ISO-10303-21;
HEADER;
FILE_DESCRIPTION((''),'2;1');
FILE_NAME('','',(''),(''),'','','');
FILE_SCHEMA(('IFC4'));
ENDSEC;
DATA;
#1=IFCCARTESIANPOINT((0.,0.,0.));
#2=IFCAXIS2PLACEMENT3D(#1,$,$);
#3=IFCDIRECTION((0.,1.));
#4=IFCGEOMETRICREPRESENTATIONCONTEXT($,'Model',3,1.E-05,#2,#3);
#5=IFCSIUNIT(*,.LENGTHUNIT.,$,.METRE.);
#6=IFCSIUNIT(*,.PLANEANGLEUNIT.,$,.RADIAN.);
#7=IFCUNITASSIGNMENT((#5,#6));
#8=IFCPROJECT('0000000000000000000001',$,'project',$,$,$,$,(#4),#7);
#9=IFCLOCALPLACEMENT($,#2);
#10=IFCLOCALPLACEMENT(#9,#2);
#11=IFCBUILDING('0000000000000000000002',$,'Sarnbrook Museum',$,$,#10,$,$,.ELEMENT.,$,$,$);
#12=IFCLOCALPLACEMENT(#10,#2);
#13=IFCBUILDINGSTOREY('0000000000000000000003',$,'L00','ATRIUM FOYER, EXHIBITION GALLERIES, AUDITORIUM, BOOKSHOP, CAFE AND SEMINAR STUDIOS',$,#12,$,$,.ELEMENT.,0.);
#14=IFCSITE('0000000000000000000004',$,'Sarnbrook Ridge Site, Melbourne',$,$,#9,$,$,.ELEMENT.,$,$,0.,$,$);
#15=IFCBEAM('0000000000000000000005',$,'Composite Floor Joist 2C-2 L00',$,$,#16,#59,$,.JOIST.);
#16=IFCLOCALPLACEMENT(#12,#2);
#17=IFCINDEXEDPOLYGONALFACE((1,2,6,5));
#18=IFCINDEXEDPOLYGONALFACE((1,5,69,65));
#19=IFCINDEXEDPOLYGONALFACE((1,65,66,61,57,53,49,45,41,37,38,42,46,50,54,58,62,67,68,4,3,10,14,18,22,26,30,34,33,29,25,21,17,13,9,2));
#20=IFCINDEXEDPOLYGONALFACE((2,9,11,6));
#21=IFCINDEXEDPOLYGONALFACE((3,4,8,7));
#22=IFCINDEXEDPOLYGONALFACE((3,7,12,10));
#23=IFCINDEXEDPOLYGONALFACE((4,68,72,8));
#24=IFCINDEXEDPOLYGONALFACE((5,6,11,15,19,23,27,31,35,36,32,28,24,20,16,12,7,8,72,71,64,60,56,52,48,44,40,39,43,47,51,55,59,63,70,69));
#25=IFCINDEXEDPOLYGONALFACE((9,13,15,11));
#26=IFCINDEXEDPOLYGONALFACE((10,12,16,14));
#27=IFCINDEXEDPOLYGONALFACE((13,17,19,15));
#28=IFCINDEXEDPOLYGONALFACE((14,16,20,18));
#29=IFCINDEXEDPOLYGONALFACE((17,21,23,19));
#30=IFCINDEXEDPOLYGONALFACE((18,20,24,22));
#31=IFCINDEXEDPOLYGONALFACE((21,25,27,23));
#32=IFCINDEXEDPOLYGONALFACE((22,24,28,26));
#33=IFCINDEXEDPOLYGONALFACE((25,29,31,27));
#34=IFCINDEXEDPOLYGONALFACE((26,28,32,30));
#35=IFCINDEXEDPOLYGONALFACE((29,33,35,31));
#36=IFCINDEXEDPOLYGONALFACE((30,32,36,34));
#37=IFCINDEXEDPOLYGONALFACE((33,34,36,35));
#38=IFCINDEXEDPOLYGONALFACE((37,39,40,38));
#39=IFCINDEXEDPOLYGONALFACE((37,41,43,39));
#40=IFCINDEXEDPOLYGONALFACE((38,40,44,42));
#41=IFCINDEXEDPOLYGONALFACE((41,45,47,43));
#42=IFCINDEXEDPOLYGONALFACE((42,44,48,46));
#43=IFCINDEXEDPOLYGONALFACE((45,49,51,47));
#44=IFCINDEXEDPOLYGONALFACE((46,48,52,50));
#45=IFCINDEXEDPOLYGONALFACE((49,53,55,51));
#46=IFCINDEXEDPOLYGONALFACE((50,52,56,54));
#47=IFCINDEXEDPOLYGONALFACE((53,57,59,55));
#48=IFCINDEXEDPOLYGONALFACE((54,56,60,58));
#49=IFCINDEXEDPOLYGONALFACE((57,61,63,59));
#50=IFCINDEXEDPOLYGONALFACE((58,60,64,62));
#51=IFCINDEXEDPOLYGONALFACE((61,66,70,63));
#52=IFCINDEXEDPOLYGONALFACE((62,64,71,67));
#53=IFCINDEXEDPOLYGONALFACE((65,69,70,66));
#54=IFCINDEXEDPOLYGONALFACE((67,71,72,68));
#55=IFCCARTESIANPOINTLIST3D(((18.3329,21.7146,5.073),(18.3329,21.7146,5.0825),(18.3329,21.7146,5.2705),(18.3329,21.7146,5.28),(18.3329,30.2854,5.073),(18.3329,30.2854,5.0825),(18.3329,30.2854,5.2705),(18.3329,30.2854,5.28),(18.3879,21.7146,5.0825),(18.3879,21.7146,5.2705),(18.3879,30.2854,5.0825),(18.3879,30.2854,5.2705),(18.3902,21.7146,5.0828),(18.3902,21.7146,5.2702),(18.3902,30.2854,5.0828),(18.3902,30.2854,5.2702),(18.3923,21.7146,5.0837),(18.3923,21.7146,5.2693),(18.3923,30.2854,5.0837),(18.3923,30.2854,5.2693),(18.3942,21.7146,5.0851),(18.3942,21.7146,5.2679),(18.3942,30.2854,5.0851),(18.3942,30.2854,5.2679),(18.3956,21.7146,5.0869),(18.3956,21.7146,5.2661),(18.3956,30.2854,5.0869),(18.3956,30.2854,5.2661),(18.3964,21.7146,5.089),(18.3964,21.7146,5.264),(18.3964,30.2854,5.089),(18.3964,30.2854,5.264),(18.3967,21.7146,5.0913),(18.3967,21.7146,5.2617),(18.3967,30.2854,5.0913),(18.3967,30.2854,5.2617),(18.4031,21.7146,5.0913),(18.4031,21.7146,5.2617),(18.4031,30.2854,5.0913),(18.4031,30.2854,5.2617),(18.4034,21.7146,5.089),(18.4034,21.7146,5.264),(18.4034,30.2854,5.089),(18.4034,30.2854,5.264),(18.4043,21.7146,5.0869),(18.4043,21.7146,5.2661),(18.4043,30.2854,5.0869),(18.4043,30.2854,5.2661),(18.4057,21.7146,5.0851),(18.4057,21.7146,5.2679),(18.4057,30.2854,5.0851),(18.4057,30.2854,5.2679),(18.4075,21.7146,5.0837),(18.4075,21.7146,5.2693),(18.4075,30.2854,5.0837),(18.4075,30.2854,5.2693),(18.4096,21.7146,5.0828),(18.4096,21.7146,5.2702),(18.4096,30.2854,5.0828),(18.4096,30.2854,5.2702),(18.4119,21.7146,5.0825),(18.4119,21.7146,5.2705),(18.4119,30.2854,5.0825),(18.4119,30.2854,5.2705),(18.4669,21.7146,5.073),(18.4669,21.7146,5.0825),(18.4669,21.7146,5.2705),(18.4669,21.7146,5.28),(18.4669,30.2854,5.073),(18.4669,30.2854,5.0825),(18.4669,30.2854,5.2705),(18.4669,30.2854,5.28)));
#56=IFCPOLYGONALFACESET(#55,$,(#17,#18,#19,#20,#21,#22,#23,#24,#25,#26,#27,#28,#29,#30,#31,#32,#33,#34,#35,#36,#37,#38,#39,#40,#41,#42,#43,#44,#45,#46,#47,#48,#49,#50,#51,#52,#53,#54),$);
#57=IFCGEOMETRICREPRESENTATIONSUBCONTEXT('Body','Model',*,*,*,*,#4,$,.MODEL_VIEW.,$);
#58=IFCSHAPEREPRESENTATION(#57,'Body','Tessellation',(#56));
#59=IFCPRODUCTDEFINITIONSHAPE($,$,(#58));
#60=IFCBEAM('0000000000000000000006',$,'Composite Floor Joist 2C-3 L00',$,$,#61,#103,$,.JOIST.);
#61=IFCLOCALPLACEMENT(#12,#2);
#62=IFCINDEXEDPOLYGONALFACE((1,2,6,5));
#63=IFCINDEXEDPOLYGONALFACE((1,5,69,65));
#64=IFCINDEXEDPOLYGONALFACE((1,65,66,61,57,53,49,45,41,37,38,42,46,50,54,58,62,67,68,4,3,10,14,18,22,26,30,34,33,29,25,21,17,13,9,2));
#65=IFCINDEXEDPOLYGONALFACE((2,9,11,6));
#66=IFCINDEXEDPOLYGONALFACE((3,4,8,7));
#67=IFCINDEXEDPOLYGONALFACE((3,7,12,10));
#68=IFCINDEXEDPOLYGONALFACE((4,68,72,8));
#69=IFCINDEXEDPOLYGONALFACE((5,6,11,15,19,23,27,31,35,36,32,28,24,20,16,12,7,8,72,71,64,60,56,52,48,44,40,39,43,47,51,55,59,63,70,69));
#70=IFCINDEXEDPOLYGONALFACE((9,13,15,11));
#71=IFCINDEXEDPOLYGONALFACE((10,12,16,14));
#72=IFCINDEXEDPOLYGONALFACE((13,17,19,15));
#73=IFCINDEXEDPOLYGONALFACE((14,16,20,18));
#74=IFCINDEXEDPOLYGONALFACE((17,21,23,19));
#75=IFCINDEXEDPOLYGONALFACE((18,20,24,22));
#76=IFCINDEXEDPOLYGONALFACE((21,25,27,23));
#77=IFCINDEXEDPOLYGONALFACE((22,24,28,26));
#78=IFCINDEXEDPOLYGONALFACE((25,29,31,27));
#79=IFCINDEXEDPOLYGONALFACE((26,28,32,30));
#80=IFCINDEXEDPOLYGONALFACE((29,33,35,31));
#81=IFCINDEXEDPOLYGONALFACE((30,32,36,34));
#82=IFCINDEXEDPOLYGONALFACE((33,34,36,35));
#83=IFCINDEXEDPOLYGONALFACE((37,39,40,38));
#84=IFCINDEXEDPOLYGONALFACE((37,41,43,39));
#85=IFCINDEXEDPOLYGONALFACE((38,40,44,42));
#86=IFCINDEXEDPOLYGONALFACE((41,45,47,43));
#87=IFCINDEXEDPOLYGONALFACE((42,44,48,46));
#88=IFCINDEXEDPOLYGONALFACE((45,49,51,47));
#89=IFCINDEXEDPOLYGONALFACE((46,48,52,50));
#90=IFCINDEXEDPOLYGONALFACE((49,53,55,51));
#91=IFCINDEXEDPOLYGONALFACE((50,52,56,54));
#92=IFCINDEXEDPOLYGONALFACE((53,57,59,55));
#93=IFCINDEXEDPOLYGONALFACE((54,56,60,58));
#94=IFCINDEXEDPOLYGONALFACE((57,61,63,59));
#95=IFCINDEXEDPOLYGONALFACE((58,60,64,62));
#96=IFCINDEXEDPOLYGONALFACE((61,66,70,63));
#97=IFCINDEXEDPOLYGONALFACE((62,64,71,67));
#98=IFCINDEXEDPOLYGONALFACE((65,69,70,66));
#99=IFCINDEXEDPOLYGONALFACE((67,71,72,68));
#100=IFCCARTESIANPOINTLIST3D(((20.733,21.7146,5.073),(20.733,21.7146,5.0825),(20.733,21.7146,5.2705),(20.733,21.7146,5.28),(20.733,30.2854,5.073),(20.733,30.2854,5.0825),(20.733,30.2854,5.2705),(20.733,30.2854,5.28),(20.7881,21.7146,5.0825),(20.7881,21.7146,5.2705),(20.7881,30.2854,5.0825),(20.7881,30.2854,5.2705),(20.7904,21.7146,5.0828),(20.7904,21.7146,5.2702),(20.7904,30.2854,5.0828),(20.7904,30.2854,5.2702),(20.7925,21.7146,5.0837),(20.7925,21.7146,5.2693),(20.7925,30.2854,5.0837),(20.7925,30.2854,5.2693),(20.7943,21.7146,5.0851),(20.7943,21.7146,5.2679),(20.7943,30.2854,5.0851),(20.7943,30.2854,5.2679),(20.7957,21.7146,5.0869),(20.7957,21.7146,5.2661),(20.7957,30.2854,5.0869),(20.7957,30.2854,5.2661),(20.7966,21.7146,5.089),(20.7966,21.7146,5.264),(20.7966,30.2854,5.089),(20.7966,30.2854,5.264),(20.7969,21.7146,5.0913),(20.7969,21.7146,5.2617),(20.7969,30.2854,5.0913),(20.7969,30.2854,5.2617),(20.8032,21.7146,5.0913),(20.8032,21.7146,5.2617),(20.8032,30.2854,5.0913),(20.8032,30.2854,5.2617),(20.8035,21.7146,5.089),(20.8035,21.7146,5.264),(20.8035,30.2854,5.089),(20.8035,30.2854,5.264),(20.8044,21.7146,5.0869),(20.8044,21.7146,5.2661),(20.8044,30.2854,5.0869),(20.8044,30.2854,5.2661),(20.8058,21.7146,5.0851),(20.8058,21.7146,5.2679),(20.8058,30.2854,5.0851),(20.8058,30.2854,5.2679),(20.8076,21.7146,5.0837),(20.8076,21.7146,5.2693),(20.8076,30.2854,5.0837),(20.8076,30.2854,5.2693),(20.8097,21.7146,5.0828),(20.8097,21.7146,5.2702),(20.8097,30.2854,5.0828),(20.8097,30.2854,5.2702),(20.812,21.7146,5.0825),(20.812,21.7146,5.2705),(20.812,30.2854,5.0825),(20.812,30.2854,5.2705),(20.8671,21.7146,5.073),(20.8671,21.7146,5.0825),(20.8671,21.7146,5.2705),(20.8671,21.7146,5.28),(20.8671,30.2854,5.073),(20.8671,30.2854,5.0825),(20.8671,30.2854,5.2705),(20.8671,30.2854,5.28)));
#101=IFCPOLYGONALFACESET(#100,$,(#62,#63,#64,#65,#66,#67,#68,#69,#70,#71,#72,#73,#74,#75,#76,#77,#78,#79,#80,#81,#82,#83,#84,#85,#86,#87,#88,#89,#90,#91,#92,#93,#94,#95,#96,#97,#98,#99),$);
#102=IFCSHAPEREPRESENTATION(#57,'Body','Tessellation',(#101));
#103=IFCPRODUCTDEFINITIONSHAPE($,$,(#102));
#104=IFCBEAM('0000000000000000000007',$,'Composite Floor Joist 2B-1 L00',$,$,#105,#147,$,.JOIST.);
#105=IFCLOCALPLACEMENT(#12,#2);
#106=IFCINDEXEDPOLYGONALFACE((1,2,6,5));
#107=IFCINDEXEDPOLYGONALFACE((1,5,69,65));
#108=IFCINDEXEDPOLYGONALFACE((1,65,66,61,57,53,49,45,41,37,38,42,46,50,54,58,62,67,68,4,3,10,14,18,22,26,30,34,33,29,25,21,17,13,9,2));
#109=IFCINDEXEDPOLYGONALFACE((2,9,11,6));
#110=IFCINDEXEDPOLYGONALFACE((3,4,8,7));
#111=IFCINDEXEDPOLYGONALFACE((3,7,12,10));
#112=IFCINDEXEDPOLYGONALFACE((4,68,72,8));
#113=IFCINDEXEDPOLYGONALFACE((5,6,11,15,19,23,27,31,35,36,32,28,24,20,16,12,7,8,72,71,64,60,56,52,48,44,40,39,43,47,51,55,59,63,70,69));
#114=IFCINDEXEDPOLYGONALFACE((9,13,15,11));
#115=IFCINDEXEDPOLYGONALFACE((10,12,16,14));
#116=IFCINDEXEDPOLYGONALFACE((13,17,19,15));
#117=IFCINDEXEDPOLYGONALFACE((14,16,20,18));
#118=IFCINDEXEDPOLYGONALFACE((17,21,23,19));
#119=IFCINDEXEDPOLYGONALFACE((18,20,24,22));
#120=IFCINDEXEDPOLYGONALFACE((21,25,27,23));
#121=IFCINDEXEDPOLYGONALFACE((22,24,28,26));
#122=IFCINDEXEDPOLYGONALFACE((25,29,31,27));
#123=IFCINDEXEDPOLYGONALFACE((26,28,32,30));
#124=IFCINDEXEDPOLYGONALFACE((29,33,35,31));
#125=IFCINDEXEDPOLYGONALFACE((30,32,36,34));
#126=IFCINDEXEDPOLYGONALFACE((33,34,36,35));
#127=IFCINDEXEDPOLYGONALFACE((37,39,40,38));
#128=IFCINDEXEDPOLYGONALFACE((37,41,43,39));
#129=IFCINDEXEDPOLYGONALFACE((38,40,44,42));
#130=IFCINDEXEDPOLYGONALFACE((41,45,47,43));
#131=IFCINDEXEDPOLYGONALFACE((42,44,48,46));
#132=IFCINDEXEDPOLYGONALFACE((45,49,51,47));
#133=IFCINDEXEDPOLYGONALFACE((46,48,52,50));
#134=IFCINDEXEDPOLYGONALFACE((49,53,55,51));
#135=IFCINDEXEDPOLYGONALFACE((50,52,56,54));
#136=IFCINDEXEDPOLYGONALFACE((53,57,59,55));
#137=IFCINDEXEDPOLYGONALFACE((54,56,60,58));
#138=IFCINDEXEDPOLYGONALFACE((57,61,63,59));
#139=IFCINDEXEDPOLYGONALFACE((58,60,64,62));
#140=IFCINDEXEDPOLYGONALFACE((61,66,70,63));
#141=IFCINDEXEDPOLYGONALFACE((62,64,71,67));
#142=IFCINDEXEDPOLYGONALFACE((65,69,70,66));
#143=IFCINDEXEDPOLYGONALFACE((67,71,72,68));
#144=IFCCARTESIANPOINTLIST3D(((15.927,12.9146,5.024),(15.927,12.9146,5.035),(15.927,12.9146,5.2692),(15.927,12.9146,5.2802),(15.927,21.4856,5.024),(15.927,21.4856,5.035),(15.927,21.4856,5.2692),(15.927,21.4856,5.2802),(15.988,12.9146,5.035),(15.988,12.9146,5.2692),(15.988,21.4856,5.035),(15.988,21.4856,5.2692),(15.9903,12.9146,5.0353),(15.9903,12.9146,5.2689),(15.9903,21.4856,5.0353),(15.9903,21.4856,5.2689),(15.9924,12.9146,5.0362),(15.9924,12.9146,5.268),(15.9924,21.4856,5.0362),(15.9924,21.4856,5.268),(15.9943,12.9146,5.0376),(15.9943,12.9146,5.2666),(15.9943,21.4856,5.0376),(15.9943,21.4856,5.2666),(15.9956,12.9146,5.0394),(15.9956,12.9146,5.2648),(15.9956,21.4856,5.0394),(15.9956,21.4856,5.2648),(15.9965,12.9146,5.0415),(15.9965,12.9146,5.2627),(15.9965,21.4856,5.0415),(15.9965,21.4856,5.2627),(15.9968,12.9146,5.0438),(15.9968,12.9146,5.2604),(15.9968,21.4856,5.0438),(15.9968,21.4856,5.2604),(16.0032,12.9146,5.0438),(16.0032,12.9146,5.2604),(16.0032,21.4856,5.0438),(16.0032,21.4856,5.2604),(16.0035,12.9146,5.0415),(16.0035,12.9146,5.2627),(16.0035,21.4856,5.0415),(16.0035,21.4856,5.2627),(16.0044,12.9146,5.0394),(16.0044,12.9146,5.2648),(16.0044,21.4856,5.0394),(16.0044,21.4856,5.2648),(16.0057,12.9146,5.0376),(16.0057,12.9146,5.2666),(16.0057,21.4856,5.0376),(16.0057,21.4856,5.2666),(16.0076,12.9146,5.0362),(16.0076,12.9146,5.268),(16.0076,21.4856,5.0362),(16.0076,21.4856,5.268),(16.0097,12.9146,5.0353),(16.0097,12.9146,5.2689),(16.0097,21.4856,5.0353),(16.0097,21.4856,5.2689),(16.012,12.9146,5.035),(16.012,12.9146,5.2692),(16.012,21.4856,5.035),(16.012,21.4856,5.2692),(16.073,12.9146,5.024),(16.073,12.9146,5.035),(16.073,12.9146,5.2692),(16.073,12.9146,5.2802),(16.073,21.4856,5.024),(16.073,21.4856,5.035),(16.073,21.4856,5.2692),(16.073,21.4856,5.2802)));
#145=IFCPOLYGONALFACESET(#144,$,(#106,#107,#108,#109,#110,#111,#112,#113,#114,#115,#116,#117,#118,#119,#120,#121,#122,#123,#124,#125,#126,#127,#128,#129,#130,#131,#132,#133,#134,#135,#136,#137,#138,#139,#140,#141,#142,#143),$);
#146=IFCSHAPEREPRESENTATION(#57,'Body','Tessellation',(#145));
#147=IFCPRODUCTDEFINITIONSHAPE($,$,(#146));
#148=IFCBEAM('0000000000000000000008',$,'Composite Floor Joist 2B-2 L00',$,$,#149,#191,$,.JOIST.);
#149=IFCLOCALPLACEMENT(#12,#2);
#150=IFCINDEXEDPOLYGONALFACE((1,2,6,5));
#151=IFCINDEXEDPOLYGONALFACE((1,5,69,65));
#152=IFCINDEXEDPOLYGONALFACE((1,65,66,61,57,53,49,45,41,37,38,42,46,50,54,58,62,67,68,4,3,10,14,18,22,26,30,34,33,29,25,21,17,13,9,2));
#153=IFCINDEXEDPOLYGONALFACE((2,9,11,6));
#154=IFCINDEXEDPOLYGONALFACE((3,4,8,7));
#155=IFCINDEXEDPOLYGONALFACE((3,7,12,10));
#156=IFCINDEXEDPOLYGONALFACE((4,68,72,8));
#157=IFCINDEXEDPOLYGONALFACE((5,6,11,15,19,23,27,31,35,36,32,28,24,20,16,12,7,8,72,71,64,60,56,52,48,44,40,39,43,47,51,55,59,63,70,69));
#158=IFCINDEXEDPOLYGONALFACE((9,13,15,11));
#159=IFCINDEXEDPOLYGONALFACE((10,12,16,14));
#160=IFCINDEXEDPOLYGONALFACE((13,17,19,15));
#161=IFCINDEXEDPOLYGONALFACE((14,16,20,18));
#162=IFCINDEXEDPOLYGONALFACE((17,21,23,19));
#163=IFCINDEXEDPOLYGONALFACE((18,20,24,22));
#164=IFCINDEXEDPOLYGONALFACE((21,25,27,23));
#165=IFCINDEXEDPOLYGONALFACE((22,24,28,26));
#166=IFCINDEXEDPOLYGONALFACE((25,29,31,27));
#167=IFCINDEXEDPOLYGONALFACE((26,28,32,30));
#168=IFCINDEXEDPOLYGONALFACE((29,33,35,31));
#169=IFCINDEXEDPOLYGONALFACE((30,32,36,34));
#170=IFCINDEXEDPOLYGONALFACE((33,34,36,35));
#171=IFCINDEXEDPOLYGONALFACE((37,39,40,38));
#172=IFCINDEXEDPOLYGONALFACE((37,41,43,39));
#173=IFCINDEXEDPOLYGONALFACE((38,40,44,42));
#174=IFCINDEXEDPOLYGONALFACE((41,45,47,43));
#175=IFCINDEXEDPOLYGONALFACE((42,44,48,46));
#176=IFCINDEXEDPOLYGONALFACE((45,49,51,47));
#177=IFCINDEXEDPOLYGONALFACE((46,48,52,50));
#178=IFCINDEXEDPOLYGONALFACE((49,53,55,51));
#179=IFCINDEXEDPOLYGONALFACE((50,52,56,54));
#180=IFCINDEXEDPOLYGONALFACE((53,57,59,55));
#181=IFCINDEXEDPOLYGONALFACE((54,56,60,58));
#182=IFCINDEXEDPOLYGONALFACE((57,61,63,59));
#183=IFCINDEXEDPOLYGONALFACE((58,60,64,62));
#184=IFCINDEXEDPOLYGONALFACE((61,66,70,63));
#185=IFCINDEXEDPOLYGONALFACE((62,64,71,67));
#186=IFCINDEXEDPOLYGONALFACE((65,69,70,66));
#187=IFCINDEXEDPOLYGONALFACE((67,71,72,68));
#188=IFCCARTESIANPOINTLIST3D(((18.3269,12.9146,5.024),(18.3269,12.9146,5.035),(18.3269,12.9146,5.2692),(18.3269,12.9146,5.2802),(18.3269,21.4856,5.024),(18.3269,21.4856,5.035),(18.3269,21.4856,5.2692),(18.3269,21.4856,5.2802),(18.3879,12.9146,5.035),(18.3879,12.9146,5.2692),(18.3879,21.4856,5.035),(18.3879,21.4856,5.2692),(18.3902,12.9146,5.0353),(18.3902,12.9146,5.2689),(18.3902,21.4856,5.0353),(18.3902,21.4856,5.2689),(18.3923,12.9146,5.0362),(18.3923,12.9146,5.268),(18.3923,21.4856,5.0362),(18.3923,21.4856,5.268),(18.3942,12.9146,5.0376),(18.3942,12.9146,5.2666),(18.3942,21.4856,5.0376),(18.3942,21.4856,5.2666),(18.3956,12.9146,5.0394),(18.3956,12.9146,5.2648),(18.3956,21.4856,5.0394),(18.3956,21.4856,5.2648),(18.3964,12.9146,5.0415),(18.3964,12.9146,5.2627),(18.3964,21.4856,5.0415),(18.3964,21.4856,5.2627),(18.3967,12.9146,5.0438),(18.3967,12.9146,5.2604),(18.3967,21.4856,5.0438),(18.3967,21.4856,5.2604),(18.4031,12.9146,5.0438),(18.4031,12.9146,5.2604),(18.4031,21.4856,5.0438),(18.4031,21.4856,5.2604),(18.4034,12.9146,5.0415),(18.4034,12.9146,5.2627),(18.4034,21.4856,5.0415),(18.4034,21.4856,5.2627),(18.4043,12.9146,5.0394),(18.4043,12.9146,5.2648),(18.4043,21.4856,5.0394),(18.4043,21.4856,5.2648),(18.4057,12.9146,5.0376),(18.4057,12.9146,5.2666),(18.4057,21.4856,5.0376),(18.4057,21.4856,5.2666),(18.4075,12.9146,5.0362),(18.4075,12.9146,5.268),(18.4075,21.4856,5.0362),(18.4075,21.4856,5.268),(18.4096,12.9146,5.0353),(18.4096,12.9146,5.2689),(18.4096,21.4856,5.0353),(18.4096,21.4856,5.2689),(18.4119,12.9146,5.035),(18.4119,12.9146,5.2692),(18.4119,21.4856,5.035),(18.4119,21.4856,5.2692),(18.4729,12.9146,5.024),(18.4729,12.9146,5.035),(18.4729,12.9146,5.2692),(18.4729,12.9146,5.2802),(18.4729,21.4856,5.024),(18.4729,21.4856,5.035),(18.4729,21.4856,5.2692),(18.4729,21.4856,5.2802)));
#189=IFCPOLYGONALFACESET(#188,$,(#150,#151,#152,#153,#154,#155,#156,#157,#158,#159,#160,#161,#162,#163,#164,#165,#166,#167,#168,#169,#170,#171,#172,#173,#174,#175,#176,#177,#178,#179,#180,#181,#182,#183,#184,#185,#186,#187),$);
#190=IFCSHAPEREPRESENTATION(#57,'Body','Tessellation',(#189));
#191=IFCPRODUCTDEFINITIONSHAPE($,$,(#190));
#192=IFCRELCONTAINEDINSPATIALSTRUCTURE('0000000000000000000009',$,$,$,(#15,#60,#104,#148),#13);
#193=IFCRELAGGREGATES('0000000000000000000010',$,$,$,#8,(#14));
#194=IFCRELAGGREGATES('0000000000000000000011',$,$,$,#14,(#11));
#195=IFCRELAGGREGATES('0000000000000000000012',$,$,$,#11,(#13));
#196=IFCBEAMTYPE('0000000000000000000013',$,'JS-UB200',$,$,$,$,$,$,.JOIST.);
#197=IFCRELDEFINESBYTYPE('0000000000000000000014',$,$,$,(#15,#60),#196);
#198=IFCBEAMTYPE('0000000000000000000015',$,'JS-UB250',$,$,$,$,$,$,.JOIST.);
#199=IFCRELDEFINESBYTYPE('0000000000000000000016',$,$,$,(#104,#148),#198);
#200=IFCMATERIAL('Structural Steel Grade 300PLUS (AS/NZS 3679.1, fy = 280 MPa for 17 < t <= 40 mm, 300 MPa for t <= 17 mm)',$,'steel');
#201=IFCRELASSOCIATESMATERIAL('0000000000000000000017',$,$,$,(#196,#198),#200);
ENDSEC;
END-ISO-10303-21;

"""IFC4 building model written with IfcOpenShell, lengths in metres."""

from ifc_helpers import new_model, si_unit, direction, frame, origin, origin_2d, place, context, subcontext, project, spatial, i_section, extrude, material, material_profile, profile_set, type_object, element, save


model = new_model("IFC4")

# Units and contexts
model_context = context("Model", 3, precision=1e-05, world=origin(), true_north=direction((0.0, 1.0)))
body_context = subcontext(model_context, "Body", "Model", "MODEL_VIEW")
ifc_project = project(units=[si_unit("LENGTHUNIT", "METRE"), si_unit("PLANEANGLEUNIT", "RADIAN")], contexts=[model_context])

# Site, building, storey
site_placement = place(None, origin())
site = spatial("IfcSite", under=ifc_project, at=site_placement, Name="Sarnbrook Ridge Site, Melbourne", CompositionType="ELEMENT", RefElevation=0.0)
building_placement = place(site_placement, origin())
building = spatial("IfcBuilding", under=site, at=building_placement, Name="Sarnbrook Museum", CompositionType="ELEMENT")
storey_placement = place(building_placement, origin())
storey = spatial("IfcBuildingStorey", under=building, at=storey_placement, Name="L00", Description="ATRIUM FOYER, EXHIBITION GALLERIES, AUDITORIUM, BOOKSHOP, CAFE AND SEMINAR STUDIOS", CompositionType="ELEMENT", Elevation=0.0)

# Shared definitions
ifc_material_1 = material(Name="Structural Steel Grade 300PLUS (AS/NZS 3679.1, fy = 280 MPa for 17 < t <= 40 mm, 300 MPa for t <= 17 mm)", Category="steel")

# Beams
ifc_material_profile_1 = material_profile(ifc_material_1, i_section(OverallWidth=0.134, OverallDepth=0.207, WebThickness=0.0063, FlangeThickness=0.0095, FilletRadius=0.0088, at=origin_2d()), Name="200UB29.8")
ifc_profile_set_1 = profile_set([ifc_material_profile_1], Name="Structural Steel Grade 300PLUS (AS/NZS 3679.1, fy = 280 MPa for 17 < t <= 40 mm, 300 MPa for t <= 17 mm)")
beam_type_1 = type_object("IfcBeamType", Name="JS-UB200", PredefinedType="JOIST", material=ifc_profile_set_1)
for number, where, z_axis, x_axis, name in (
    (1, (18.3999, 21.7146, 5.1765), (0.0, 1.0, 0.0), (-1.0, 0.0, 0.0), "Composite Floor Joist 2C-2 L00"),
    (2, (20.8, 21.7146, 5.1765), (0.0, 1.0, 0.0), (-1.0, 0.0, 0.0), "Composite Floor Joist 2C-3 L00"),
):
    element("IfcBeam", number, at=place(storey_placement, frame(where, z_axis=z_axis, x_axis=x_axis)), inside=storey, type_object=beam_type_1, Name=name, PredefinedType="JOIST", context=body_context, shape_type="SweptSolid", body=[
        extrude(i_section(OverallWidth=0.134, OverallDepth=0.207, WebThickness=0.0063, FlangeThickness=0.0095, FilletRadius=0.0088, at=origin_2d()), origin(), (0.0, 0.0, 1.0), 8.5708),
    ])
ifc_material_profile_2 = material_profile(ifc_material_1, i_section(OverallWidth=0.146, OverallDepth=0.2561, WebThickness=0.0063, FlangeThickness=0.011, FilletRadius=0.0088, at=origin_2d()), Name="250UB37.3")
ifc_profile_set_2 = profile_set([ifc_material_profile_2], Name="Structural Steel Grade 300PLUS (AS/NZS 3679.1, fy = 280 MPa for 17 < t <= 40 mm, 300 MPa for t <= 17 mm)")
beam_type_2 = type_object("IfcBeamType", Name="JS-UB250", PredefinedType="JOIST", material=ifc_profile_set_2)
for number, where, z_axis, x_axis, name in (
    (3, (16.0, 12.9146, 5.1521), (0.0, 1.0, 0.0), (-1.0, 0.0, 0.0), "Composite Floor Joist 2B-1 L00"),
    (4, (18.3999, 12.9146, 5.1521), (0.0, 1.0, 0.0), (-1.0, 0.0, 0.0), "Composite Floor Joist 2B-2 L00"),
):
    element("IfcBeam", number, at=place(storey_placement, frame(where, z_axis=z_axis, x_axis=x_axis)), inside=storey, type_object=beam_type_2, Name=name, PredefinedType="JOIST", context=body_context, shape_type="SweptSolid", body=[
        extrude(i_section(OverallWidth=0.146, OverallDepth=0.2561, WebThickness=0.0063, FlangeThickness=0.011, FilletRadius=0.0088, at=origin_2d()), origin(), (0.0, 0.0, 1.0), 8.571),
    ])

save(model, "model.ifc")
